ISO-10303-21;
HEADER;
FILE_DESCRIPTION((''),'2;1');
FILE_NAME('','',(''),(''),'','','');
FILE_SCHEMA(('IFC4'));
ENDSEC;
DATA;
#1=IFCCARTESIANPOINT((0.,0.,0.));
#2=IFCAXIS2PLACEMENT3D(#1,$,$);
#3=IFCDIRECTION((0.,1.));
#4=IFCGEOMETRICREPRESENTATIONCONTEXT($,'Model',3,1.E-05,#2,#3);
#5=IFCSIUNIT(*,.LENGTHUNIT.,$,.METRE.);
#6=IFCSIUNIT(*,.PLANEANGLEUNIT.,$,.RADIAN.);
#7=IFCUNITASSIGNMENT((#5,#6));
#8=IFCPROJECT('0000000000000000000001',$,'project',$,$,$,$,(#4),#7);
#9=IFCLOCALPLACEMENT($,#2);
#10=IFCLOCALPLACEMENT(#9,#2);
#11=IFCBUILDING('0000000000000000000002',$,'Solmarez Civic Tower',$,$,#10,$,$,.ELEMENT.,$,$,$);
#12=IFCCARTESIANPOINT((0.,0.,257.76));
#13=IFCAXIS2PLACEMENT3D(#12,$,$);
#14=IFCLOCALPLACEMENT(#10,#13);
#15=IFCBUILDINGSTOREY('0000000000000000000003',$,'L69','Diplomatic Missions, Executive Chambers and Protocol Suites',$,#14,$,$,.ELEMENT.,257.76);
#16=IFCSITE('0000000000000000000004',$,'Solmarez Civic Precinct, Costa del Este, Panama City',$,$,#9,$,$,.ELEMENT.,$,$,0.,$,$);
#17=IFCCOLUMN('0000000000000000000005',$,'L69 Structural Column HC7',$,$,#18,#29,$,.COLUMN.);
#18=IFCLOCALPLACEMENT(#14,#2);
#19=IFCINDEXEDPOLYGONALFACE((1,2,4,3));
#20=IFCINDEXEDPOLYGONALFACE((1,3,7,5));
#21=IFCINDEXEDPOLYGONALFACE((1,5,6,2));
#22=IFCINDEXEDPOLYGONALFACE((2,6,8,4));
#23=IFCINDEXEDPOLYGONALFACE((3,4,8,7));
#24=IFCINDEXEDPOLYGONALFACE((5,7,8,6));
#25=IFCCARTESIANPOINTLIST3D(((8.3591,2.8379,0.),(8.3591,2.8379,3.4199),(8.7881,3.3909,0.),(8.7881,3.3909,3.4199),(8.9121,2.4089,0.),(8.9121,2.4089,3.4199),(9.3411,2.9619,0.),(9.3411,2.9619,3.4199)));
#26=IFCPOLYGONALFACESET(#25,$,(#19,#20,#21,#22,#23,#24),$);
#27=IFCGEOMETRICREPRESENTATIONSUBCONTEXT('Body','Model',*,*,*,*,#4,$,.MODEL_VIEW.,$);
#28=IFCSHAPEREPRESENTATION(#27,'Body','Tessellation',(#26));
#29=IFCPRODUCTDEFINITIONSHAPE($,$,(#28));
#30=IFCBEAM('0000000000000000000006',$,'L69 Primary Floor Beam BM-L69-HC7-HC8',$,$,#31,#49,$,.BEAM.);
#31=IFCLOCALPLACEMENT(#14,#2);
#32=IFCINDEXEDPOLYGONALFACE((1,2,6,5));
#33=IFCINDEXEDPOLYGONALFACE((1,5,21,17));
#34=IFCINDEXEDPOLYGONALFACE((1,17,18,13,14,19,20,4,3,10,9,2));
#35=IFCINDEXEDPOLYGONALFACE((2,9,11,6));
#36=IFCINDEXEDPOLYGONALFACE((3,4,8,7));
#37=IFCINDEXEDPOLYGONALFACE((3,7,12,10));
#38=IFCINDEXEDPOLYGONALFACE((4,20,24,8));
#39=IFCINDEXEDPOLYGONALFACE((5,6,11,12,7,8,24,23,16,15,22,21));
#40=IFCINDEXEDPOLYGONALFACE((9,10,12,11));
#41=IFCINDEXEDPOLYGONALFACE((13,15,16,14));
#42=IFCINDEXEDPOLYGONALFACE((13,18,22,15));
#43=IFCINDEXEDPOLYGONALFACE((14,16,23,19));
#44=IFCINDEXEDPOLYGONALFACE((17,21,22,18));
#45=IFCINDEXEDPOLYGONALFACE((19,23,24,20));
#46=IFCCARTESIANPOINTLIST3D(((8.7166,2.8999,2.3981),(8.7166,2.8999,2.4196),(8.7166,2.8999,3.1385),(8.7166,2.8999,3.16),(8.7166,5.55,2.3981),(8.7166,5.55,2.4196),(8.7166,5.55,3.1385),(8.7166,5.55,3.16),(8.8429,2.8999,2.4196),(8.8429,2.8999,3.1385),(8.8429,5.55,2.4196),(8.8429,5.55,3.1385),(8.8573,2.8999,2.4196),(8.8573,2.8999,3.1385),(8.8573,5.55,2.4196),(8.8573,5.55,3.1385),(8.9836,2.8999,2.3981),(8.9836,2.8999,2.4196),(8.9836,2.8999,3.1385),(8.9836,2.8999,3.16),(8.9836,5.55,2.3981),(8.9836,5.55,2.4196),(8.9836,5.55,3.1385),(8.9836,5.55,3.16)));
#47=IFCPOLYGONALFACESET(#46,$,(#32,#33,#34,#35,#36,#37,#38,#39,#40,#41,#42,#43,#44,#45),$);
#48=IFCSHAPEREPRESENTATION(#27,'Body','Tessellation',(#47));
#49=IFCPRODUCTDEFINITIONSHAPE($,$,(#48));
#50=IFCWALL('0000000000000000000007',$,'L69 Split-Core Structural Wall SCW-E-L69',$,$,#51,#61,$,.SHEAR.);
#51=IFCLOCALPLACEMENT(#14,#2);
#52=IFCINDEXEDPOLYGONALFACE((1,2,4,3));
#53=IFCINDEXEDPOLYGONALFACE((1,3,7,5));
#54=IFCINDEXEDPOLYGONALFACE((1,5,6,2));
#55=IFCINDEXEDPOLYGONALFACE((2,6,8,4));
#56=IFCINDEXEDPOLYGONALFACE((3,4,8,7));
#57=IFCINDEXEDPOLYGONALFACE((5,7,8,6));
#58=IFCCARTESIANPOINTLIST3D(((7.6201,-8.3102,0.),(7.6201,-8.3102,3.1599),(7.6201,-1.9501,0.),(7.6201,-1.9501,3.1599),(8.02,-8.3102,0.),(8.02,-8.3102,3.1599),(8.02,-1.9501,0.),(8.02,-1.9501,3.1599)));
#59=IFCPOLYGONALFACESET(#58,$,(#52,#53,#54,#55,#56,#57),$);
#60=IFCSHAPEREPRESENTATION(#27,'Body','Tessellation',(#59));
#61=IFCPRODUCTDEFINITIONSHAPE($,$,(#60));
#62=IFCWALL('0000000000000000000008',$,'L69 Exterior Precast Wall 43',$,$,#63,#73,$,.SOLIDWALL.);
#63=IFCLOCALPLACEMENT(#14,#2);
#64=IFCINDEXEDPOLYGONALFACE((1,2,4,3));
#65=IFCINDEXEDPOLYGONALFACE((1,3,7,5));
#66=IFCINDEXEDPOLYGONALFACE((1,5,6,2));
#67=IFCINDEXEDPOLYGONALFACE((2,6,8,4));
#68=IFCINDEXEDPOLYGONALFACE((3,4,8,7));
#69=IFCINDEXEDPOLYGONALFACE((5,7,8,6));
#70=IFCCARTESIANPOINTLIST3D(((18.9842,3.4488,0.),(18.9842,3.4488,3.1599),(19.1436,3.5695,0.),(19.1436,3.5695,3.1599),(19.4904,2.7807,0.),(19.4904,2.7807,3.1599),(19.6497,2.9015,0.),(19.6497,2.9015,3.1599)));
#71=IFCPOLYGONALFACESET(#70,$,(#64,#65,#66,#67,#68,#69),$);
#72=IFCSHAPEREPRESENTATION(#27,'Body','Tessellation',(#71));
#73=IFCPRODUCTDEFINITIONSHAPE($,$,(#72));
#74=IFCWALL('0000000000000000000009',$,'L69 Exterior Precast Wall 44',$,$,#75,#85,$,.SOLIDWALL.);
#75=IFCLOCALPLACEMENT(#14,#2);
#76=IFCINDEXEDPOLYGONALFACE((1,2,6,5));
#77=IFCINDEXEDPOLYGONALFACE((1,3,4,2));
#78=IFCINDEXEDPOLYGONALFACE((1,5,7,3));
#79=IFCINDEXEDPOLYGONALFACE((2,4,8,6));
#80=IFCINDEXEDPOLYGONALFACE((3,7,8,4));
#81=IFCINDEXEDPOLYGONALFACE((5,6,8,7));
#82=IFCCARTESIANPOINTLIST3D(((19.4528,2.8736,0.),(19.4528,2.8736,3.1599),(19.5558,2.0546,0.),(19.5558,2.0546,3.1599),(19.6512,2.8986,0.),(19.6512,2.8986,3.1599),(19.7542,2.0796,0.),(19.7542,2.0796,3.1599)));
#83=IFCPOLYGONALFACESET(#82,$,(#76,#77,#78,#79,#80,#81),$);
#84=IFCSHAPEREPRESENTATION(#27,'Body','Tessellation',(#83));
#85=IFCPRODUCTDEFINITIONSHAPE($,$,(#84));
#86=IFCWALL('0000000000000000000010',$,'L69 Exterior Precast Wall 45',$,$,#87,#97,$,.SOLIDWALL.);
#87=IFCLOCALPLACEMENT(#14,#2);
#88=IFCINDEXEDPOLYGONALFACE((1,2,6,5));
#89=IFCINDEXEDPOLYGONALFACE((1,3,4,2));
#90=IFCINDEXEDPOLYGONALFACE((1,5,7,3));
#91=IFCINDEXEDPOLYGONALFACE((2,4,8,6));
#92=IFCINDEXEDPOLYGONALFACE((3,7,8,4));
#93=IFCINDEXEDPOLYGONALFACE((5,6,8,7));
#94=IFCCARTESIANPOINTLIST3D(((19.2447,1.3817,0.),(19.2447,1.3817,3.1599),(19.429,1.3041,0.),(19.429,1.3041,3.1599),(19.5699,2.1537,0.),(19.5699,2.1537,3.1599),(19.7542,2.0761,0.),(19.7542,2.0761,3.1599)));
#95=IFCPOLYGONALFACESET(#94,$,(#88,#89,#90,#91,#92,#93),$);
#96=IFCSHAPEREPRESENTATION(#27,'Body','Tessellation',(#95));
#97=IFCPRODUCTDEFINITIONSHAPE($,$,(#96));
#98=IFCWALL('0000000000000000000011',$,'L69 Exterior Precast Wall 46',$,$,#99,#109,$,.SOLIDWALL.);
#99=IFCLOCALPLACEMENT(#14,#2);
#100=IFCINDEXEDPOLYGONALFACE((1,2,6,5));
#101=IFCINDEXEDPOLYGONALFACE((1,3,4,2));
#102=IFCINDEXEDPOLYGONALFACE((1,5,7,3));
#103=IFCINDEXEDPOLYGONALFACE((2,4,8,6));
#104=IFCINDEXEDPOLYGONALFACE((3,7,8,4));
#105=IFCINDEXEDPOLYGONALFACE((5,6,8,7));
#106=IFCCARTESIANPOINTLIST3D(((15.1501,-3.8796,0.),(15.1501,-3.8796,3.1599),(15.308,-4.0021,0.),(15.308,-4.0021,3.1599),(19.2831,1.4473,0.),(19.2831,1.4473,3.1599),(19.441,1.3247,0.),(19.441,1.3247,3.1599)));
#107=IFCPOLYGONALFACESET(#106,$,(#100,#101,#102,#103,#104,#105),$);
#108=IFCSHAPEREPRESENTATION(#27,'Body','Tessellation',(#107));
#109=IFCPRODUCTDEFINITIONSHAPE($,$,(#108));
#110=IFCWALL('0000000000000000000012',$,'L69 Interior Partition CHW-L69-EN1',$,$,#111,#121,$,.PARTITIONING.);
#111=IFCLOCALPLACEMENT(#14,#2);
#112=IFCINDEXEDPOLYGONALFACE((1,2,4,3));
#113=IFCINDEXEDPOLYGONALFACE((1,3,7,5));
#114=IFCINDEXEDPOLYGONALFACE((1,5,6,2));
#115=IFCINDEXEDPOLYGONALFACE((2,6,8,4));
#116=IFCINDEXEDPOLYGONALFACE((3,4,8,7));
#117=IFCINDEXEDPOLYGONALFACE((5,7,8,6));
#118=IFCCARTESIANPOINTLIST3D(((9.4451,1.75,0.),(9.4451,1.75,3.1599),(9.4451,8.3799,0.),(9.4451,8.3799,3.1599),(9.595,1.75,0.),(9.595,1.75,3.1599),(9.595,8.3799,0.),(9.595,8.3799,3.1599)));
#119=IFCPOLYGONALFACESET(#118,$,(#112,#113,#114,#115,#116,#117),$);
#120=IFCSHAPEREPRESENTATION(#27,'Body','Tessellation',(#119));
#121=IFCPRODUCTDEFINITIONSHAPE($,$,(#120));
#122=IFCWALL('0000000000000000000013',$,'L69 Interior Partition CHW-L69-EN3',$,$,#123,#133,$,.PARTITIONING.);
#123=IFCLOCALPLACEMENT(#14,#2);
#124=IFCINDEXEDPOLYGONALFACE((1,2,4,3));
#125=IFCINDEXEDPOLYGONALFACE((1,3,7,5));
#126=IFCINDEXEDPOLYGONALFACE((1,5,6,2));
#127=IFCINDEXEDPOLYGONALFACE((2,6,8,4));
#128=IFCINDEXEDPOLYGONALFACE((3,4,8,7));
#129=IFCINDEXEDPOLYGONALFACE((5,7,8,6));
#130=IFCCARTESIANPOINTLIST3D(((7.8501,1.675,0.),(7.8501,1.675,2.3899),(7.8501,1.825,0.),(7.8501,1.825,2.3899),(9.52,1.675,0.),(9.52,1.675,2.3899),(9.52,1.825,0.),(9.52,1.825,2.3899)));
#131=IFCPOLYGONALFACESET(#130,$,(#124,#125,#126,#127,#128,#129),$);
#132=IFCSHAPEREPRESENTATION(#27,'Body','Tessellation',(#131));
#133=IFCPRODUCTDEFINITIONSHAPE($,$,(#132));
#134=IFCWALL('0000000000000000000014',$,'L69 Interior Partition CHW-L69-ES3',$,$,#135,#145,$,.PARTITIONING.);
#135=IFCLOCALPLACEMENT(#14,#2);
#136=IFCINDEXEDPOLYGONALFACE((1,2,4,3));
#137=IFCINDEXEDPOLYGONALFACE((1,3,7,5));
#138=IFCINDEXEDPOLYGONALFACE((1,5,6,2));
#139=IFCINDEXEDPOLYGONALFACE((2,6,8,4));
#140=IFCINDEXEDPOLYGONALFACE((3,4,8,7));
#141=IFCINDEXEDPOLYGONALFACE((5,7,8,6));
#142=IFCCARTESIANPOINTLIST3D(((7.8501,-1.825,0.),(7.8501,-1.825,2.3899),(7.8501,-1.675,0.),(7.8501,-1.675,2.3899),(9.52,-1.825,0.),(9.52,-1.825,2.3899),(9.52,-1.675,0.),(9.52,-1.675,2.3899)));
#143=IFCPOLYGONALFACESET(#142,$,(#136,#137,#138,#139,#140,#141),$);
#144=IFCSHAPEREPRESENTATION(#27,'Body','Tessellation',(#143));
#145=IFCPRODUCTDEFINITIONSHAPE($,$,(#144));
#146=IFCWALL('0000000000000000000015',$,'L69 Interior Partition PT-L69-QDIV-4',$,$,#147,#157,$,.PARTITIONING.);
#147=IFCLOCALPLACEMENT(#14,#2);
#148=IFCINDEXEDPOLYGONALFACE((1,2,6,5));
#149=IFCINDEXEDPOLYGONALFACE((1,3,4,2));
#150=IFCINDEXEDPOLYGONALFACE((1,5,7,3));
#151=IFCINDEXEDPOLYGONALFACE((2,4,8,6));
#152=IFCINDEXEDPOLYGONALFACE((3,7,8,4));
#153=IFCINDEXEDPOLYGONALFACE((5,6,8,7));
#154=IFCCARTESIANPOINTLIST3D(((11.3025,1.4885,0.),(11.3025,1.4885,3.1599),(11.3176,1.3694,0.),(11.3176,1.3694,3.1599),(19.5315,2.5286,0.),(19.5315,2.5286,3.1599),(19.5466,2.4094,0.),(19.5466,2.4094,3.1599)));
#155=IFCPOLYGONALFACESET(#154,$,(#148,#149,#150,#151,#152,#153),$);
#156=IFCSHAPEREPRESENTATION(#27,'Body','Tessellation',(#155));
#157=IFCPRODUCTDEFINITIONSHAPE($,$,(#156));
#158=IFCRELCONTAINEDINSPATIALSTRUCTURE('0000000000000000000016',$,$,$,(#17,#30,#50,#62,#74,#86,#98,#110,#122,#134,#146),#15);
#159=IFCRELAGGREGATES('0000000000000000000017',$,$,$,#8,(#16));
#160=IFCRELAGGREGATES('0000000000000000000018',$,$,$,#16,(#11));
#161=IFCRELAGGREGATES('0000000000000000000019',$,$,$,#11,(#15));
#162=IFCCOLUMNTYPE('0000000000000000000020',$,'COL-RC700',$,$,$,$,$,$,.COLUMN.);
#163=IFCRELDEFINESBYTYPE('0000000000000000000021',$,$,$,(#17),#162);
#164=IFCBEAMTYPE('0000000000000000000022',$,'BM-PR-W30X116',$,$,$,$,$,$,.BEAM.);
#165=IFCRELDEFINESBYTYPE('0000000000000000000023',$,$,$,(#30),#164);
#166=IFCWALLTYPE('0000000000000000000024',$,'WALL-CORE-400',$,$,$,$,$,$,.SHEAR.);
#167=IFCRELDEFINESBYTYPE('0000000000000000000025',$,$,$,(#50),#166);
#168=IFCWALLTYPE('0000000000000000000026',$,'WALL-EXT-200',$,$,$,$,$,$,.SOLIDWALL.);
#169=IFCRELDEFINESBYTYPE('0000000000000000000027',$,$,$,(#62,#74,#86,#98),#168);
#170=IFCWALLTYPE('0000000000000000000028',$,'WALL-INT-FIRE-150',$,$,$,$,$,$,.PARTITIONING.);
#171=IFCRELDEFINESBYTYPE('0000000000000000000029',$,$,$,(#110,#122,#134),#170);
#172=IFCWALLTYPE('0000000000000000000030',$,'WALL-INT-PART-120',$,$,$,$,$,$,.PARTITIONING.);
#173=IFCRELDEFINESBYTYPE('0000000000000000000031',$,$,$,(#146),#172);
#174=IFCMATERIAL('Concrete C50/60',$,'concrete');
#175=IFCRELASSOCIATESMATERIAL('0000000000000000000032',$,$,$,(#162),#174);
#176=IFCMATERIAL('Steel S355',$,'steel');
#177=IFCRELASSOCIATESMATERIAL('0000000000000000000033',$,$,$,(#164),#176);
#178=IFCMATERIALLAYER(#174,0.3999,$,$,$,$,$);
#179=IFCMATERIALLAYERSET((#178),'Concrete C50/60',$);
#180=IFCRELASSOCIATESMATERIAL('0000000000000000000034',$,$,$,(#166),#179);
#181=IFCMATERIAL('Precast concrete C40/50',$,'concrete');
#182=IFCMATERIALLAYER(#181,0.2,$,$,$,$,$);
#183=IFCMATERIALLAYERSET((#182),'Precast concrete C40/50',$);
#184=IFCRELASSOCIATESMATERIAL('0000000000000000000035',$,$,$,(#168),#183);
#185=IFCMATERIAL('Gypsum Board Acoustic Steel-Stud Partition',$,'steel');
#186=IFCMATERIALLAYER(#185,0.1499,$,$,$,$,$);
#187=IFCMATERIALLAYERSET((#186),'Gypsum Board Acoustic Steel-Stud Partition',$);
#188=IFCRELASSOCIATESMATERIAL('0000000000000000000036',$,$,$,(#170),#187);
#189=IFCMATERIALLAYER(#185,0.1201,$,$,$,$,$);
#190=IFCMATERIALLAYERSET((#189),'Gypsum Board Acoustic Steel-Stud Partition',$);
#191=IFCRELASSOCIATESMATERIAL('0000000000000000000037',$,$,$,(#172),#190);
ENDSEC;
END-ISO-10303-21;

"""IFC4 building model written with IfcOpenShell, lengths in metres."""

from ifc_helpers import new_model, si_unit, direction, frame, frame_2d, origin, origin_2d, place, context, subcontext, project, spatial, rectangle, i_section, extrude, material, layer, layer_set, material_profile, profile_set, type_object, element, save


model = new_model("IFC4")

# Units and contexts
model_context = context("Model", 3, precision=1e-05, world=origin(), true_north=direction((0.0, 1.0)))
body_context = subcontext(model_context, "Body", "Model", "MODEL_VIEW")
ifc_project = project(units=[si_unit("LENGTHUNIT", "METRE"), si_unit("PLANEANGLEUNIT", "RADIAN")], contexts=[model_context])

# Site, building, storey
site_placement = place(None, origin())
site = spatial("IfcSite", under=ifc_project, at=site_placement, Name="Solmarez Civic Precinct, Costa del Este, Panama City", CompositionType="ELEMENT", RefElevation=0.0)
building_placement = place(site_placement, origin())
building = spatial("IfcBuilding", under=site, at=building_placement, Name="Solmarez Civic Tower", CompositionType="ELEMENT")
storey_placement = place(building_placement, frame((0.0, 0.0, 257.76)))
storey = spatial("IfcBuildingStorey", under=building, at=storey_placement, Name="L69", Description="Diplomatic Missions, Executive Chambers and Protocol Suites", CompositionType="ELEMENT", Elevation=257.76)

# Column
ifc_material_1 = material(Name="Concrete C50/60", Category="concrete")
ifc_material_profile_1 = material_profile(ifc_material_1, rectangle(XDim=0.7, YDim=0.7, at=origin_2d()), Name="RC700X700")
ifc_profile_set_1 = profile_set([ifc_material_profile_1], Name="Concrete C50/60")
column_type = type_object("IfcColumnType", Name="COL-RC700", PredefinedType="COLUMN", material=ifc_profile_set_1)
column_placement = place(storey_placement, frame((8.8501, 2.8999, 0.0), z_axis=(0.0, 0.0, 1.0), x_axis=(0.612907, 0.790155, 0.0)))
element("IfcColumn", 1, at=column_placement, inside=storey, type_object=column_type, Name="L69 Structural Column HC7", PredefinedType="COLUMN", context=body_context, shape_type="SweptSolid", body=[
    extrude(rectangle(XDim=0.7, YDim=0.7, at=origin_2d()), origin(), (0.0, 0.0, 1.0), 3.4199),
])

# Beam
ifc_material_2 = material(Name="Steel S355", Category="steel")
ifc_material_profile_2 = material_profile(ifc_material_2, i_section(OverallWidth=0.2671, OverallDepth=0.762, WebThickness=0.0144, FlangeThickness=0.0215, at=origin_2d()), Name="W30X116")
ifc_profile_set_2 = profile_set([ifc_material_profile_2], Name="Steel S355")
beam_type = type_object("IfcBeamType", Name="BM-PR-W30X116", PredefinedType="BEAM", material=ifc_profile_set_2)
beam_placement = place(storey_placement, frame((8.8501, 2.8999, 2.7791), z_axis=(0.0, 1.0, 0.0), x_axis=(-1.0, 0.0, 0.0)))
element("IfcBeam", 2, at=beam_placement, inside=storey, type_object=beam_type, Name="L69 Primary Floor Beam BM-L69-HC7-HC8", PredefinedType="BEAM", context=body_context, shape_type="SweptSolid", body=[
    extrude(i_section(OverallWidth=0.2671, OverallDepth=0.762, WebThickness=0.0144, FlangeThickness=0.0215, at=origin_2d()), origin(), (0.0, 0.0, 1.0), 2.6501),
])

# Shared definitions
ifc_layer_1 = layer(ifc_material_1, 0.3999)
ifc_layer_set_1 = layer_set([ifc_layer_1], Name="Concrete C50/60")
wall_type_1 = type_object("IfcWallType", Name="WALL-CORE-400", PredefinedType="SHEAR", material=ifc_layer_set_1)

# Walls
wall_1_placement = place(storey_placement, frame((7.8201, -1.95, 0.0), z_axis=(0.0, 0.0, 1.0), x_axis=(0.0, -1.0, 0.0)))
element("IfcWall", 3, at=wall_1_placement, inside=storey, type_object=wall_type_1, Name="L69 Split-Core Structural Wall SCW-E-L69", PredefinedType="SHEAR", context=body_context, shape_type="SweptSolid", body=[
    extrude(rectangle(XDim=6.3601, YDim=0.3999, at=frame_2d((3.1802, 0.0))), origin(), (0.0, 0.0, 1.0), 3.1599),
])
ifc_material_3 = material(Name="Precast concrete C40/50", Category="concrete")
ifc_layer_2 = layer(ifc_material_3, 0.2)
ifc_layer_set_2 = layer_set([ifc_layer_2], Name="Precast concrete C40/50")
wall_type_2 = type_object("IfcWallType", Name="WALL-EXT-200", PredefinedType="SOLIDWALL", material=ifc_layer_set_2)
wall_2_placement = place(storey_placement, frame((19.064, 3.509, 0.0), z_axis=(0.0, 0.0, 1.0), x_axis=(0.603908, -0.797054, 0.0)))
element("IfcWall", 4, at=wall_2_placement, inside=storey, type_object=wall_type_2, Name="L69 Exterior Precast Wall 43", PredefinedType="SOLIDWALL", context=body_context, shape_type="SweptSolid", body=[
    extrude(rectangle(XDim=0.8381, YDim=0.2, at=frame_2d((0.4189, 0.0))), origin(), (0.0, 0.0, 1.0), 3.1599),
])
wall_3_placement = place(storey_placement, frame((19.552, 2.886, 0.0), z_axis=(0.0, 0.0, 1.0), x_axis=(0.124799, -0.992182, 0.0)))
element("IfcWall", 5, at=wall_3_placement, inside=storey, type_object=wall_type_2, Name="L69 Exterior Precast Wall 44", PredefinedType="SOLIDWALL", context=body_context, shape_type="SweptSolid", body=[
    extrude(rectangle(XDim=0.8254, YDim=0.2, at=frame_2d((0.4126, 0.0))), origin(), (0.0, 0.0, 1.0), 3.1599),
])
wall_4_placement = place(storey_placement, frame((19.6621, 2.115, 0.0), z_axis=(0.0, 0.0, 1.0), x_axis=(-0.388213, -0.92157, 0.0)))
element("IfcWall", 6, at=wall_4_placement, inside=storey, type_object=wall_type_2, Name="L69 Exterior Precast Wall 45", PredefinedType="SOLIDWALL", context=body_context, shape_type="SweptSolid", body=[
    extrude(rectangle(XDim=0.8376, YDim=0.2, at=frame_2d((0.4189, 0.0))), origin(), (0.0, 0.0, 1.0), 3.1599),
])
wall_5_placement = place(storey_placement, frame((19.3621, 1.386, 0.0), z_axis=(0.0, 0.0, 1.0), x_axis=(-0.613008, -0.790077, 0.0)))
element("IfcWall", 7, at=wall_5_placement, inside=storey, type_object=wall_type_2, Name="L69 Exterior Precast Wall 46", PredefinedType="SOLIDWALL", context=body_context, shape_type="SweptSolid", body=[
    extrude(rectangle(XDim=6.7422, YDim=0.2, at=frame_2d((3.3711, 0.0))), origin(), (0.0, 0.0, 1.0), 3.1599),
])
ifc_material_4 = material(Name="Gypsum Board Acoustic Steel-Stud Partition", Category="steel")
ifc_layer_3 = layer(ifc_material_4, 0.1499)
ifc_layer_set_3 = layer_set([ifc_layer_3], Name="Gypsum Board Acoustic Steel-Stud Partition")
wall_type_3 = type_object("IfcWallType", Name="WALL-INT-FIRE-150", PredefinedType="PARTITIONING", material=ifc_layer_set_3)
wall_6_placement = place(storey_placement, frame((9.52, 1.75, 0.0), z_axis=(0.0, 0.0, 1.0), x_axis=(0.0, 1.0, 0.0)))
element("IfcWall", 8, at=wall_6_placement, inside=storey, type_object=wall_type_3, Name="L69 Interior Partition CHW-L69-EN1", PredefinedType="PARTITIONING", context=body_context, shape_type="SweptSolid", body=[
    extrude(rectangle(XDim=6.6299, YDim=0.1499, at=frame_2d((3.3149, 0.0))), origin(), (0.0, 0.0, 1.0), 3.1599),
])
for number, where, z_axis, x_axis, name in (
    (9, (7.8501, 1.75, 0.0), (0.0, 0.0, 1.0), (1.0, 0.0, 0.0), "L69 Interior Partition CHW-L69-EN3"),
    (10, (7.8501, -1.75, 0.0), (0.0, 0.0, 1.0), (1.0, 0.0, 0.0), "L69 Interior Partition CHW-L69-ES3"),
):
    element("IfcWall", number, at=place(storey_placement, frame(where, z_axis=z_axis, x_axis=x_axis)), inside=storey, type_object=wall_type_3, Name=name, PredefinedType="PARTITIONING", context=body_context, shape_type="SweptSolid", body=[
        extrude(rectangle(XDim=1.6699, YDim=0.1499, at=frame_2d((0.835, 0.0))), origin(), (0.0, 0.0, 1.0), 2.3899),
    ])
ifc_layer_4 = layer(ifc_material_4, 0.1201)
ifc_layer_set_4 = layer_set([ifc_layer_4], Name="Gypsum Board Acoustic Steel-Stud Partition")
wall_type_4 = type_object("IfcWallType", Name="WALL-INT-PART-120", PredefinedType="PARTITIONING", material=ifc_layer_set_4)
wall_7_placement = place(storey_placement, frame((11.3101, 1.429, 0.0), z_axis=(0.0, 0.0, 1.0), x_axis=(0.992108, 0.125389, 0.0)))
element("IfcWall", 11, at=wall_7_placement, inside=storey, type_object=wall_type_4, Name="L69 Interior Partition PT-L69-QDIV-4", PredefinedType="PARTITIONING", context=body_context, shape_type="SweptSolid", body=[
    extrude(rectangle(XDim=8.2944, YDim=0.1201, at=frame_2d((4.1472, 0.0))), origin(), (0.0, 0.0, 1.0), 3.1599),
])

save(model, "model.ifc")
